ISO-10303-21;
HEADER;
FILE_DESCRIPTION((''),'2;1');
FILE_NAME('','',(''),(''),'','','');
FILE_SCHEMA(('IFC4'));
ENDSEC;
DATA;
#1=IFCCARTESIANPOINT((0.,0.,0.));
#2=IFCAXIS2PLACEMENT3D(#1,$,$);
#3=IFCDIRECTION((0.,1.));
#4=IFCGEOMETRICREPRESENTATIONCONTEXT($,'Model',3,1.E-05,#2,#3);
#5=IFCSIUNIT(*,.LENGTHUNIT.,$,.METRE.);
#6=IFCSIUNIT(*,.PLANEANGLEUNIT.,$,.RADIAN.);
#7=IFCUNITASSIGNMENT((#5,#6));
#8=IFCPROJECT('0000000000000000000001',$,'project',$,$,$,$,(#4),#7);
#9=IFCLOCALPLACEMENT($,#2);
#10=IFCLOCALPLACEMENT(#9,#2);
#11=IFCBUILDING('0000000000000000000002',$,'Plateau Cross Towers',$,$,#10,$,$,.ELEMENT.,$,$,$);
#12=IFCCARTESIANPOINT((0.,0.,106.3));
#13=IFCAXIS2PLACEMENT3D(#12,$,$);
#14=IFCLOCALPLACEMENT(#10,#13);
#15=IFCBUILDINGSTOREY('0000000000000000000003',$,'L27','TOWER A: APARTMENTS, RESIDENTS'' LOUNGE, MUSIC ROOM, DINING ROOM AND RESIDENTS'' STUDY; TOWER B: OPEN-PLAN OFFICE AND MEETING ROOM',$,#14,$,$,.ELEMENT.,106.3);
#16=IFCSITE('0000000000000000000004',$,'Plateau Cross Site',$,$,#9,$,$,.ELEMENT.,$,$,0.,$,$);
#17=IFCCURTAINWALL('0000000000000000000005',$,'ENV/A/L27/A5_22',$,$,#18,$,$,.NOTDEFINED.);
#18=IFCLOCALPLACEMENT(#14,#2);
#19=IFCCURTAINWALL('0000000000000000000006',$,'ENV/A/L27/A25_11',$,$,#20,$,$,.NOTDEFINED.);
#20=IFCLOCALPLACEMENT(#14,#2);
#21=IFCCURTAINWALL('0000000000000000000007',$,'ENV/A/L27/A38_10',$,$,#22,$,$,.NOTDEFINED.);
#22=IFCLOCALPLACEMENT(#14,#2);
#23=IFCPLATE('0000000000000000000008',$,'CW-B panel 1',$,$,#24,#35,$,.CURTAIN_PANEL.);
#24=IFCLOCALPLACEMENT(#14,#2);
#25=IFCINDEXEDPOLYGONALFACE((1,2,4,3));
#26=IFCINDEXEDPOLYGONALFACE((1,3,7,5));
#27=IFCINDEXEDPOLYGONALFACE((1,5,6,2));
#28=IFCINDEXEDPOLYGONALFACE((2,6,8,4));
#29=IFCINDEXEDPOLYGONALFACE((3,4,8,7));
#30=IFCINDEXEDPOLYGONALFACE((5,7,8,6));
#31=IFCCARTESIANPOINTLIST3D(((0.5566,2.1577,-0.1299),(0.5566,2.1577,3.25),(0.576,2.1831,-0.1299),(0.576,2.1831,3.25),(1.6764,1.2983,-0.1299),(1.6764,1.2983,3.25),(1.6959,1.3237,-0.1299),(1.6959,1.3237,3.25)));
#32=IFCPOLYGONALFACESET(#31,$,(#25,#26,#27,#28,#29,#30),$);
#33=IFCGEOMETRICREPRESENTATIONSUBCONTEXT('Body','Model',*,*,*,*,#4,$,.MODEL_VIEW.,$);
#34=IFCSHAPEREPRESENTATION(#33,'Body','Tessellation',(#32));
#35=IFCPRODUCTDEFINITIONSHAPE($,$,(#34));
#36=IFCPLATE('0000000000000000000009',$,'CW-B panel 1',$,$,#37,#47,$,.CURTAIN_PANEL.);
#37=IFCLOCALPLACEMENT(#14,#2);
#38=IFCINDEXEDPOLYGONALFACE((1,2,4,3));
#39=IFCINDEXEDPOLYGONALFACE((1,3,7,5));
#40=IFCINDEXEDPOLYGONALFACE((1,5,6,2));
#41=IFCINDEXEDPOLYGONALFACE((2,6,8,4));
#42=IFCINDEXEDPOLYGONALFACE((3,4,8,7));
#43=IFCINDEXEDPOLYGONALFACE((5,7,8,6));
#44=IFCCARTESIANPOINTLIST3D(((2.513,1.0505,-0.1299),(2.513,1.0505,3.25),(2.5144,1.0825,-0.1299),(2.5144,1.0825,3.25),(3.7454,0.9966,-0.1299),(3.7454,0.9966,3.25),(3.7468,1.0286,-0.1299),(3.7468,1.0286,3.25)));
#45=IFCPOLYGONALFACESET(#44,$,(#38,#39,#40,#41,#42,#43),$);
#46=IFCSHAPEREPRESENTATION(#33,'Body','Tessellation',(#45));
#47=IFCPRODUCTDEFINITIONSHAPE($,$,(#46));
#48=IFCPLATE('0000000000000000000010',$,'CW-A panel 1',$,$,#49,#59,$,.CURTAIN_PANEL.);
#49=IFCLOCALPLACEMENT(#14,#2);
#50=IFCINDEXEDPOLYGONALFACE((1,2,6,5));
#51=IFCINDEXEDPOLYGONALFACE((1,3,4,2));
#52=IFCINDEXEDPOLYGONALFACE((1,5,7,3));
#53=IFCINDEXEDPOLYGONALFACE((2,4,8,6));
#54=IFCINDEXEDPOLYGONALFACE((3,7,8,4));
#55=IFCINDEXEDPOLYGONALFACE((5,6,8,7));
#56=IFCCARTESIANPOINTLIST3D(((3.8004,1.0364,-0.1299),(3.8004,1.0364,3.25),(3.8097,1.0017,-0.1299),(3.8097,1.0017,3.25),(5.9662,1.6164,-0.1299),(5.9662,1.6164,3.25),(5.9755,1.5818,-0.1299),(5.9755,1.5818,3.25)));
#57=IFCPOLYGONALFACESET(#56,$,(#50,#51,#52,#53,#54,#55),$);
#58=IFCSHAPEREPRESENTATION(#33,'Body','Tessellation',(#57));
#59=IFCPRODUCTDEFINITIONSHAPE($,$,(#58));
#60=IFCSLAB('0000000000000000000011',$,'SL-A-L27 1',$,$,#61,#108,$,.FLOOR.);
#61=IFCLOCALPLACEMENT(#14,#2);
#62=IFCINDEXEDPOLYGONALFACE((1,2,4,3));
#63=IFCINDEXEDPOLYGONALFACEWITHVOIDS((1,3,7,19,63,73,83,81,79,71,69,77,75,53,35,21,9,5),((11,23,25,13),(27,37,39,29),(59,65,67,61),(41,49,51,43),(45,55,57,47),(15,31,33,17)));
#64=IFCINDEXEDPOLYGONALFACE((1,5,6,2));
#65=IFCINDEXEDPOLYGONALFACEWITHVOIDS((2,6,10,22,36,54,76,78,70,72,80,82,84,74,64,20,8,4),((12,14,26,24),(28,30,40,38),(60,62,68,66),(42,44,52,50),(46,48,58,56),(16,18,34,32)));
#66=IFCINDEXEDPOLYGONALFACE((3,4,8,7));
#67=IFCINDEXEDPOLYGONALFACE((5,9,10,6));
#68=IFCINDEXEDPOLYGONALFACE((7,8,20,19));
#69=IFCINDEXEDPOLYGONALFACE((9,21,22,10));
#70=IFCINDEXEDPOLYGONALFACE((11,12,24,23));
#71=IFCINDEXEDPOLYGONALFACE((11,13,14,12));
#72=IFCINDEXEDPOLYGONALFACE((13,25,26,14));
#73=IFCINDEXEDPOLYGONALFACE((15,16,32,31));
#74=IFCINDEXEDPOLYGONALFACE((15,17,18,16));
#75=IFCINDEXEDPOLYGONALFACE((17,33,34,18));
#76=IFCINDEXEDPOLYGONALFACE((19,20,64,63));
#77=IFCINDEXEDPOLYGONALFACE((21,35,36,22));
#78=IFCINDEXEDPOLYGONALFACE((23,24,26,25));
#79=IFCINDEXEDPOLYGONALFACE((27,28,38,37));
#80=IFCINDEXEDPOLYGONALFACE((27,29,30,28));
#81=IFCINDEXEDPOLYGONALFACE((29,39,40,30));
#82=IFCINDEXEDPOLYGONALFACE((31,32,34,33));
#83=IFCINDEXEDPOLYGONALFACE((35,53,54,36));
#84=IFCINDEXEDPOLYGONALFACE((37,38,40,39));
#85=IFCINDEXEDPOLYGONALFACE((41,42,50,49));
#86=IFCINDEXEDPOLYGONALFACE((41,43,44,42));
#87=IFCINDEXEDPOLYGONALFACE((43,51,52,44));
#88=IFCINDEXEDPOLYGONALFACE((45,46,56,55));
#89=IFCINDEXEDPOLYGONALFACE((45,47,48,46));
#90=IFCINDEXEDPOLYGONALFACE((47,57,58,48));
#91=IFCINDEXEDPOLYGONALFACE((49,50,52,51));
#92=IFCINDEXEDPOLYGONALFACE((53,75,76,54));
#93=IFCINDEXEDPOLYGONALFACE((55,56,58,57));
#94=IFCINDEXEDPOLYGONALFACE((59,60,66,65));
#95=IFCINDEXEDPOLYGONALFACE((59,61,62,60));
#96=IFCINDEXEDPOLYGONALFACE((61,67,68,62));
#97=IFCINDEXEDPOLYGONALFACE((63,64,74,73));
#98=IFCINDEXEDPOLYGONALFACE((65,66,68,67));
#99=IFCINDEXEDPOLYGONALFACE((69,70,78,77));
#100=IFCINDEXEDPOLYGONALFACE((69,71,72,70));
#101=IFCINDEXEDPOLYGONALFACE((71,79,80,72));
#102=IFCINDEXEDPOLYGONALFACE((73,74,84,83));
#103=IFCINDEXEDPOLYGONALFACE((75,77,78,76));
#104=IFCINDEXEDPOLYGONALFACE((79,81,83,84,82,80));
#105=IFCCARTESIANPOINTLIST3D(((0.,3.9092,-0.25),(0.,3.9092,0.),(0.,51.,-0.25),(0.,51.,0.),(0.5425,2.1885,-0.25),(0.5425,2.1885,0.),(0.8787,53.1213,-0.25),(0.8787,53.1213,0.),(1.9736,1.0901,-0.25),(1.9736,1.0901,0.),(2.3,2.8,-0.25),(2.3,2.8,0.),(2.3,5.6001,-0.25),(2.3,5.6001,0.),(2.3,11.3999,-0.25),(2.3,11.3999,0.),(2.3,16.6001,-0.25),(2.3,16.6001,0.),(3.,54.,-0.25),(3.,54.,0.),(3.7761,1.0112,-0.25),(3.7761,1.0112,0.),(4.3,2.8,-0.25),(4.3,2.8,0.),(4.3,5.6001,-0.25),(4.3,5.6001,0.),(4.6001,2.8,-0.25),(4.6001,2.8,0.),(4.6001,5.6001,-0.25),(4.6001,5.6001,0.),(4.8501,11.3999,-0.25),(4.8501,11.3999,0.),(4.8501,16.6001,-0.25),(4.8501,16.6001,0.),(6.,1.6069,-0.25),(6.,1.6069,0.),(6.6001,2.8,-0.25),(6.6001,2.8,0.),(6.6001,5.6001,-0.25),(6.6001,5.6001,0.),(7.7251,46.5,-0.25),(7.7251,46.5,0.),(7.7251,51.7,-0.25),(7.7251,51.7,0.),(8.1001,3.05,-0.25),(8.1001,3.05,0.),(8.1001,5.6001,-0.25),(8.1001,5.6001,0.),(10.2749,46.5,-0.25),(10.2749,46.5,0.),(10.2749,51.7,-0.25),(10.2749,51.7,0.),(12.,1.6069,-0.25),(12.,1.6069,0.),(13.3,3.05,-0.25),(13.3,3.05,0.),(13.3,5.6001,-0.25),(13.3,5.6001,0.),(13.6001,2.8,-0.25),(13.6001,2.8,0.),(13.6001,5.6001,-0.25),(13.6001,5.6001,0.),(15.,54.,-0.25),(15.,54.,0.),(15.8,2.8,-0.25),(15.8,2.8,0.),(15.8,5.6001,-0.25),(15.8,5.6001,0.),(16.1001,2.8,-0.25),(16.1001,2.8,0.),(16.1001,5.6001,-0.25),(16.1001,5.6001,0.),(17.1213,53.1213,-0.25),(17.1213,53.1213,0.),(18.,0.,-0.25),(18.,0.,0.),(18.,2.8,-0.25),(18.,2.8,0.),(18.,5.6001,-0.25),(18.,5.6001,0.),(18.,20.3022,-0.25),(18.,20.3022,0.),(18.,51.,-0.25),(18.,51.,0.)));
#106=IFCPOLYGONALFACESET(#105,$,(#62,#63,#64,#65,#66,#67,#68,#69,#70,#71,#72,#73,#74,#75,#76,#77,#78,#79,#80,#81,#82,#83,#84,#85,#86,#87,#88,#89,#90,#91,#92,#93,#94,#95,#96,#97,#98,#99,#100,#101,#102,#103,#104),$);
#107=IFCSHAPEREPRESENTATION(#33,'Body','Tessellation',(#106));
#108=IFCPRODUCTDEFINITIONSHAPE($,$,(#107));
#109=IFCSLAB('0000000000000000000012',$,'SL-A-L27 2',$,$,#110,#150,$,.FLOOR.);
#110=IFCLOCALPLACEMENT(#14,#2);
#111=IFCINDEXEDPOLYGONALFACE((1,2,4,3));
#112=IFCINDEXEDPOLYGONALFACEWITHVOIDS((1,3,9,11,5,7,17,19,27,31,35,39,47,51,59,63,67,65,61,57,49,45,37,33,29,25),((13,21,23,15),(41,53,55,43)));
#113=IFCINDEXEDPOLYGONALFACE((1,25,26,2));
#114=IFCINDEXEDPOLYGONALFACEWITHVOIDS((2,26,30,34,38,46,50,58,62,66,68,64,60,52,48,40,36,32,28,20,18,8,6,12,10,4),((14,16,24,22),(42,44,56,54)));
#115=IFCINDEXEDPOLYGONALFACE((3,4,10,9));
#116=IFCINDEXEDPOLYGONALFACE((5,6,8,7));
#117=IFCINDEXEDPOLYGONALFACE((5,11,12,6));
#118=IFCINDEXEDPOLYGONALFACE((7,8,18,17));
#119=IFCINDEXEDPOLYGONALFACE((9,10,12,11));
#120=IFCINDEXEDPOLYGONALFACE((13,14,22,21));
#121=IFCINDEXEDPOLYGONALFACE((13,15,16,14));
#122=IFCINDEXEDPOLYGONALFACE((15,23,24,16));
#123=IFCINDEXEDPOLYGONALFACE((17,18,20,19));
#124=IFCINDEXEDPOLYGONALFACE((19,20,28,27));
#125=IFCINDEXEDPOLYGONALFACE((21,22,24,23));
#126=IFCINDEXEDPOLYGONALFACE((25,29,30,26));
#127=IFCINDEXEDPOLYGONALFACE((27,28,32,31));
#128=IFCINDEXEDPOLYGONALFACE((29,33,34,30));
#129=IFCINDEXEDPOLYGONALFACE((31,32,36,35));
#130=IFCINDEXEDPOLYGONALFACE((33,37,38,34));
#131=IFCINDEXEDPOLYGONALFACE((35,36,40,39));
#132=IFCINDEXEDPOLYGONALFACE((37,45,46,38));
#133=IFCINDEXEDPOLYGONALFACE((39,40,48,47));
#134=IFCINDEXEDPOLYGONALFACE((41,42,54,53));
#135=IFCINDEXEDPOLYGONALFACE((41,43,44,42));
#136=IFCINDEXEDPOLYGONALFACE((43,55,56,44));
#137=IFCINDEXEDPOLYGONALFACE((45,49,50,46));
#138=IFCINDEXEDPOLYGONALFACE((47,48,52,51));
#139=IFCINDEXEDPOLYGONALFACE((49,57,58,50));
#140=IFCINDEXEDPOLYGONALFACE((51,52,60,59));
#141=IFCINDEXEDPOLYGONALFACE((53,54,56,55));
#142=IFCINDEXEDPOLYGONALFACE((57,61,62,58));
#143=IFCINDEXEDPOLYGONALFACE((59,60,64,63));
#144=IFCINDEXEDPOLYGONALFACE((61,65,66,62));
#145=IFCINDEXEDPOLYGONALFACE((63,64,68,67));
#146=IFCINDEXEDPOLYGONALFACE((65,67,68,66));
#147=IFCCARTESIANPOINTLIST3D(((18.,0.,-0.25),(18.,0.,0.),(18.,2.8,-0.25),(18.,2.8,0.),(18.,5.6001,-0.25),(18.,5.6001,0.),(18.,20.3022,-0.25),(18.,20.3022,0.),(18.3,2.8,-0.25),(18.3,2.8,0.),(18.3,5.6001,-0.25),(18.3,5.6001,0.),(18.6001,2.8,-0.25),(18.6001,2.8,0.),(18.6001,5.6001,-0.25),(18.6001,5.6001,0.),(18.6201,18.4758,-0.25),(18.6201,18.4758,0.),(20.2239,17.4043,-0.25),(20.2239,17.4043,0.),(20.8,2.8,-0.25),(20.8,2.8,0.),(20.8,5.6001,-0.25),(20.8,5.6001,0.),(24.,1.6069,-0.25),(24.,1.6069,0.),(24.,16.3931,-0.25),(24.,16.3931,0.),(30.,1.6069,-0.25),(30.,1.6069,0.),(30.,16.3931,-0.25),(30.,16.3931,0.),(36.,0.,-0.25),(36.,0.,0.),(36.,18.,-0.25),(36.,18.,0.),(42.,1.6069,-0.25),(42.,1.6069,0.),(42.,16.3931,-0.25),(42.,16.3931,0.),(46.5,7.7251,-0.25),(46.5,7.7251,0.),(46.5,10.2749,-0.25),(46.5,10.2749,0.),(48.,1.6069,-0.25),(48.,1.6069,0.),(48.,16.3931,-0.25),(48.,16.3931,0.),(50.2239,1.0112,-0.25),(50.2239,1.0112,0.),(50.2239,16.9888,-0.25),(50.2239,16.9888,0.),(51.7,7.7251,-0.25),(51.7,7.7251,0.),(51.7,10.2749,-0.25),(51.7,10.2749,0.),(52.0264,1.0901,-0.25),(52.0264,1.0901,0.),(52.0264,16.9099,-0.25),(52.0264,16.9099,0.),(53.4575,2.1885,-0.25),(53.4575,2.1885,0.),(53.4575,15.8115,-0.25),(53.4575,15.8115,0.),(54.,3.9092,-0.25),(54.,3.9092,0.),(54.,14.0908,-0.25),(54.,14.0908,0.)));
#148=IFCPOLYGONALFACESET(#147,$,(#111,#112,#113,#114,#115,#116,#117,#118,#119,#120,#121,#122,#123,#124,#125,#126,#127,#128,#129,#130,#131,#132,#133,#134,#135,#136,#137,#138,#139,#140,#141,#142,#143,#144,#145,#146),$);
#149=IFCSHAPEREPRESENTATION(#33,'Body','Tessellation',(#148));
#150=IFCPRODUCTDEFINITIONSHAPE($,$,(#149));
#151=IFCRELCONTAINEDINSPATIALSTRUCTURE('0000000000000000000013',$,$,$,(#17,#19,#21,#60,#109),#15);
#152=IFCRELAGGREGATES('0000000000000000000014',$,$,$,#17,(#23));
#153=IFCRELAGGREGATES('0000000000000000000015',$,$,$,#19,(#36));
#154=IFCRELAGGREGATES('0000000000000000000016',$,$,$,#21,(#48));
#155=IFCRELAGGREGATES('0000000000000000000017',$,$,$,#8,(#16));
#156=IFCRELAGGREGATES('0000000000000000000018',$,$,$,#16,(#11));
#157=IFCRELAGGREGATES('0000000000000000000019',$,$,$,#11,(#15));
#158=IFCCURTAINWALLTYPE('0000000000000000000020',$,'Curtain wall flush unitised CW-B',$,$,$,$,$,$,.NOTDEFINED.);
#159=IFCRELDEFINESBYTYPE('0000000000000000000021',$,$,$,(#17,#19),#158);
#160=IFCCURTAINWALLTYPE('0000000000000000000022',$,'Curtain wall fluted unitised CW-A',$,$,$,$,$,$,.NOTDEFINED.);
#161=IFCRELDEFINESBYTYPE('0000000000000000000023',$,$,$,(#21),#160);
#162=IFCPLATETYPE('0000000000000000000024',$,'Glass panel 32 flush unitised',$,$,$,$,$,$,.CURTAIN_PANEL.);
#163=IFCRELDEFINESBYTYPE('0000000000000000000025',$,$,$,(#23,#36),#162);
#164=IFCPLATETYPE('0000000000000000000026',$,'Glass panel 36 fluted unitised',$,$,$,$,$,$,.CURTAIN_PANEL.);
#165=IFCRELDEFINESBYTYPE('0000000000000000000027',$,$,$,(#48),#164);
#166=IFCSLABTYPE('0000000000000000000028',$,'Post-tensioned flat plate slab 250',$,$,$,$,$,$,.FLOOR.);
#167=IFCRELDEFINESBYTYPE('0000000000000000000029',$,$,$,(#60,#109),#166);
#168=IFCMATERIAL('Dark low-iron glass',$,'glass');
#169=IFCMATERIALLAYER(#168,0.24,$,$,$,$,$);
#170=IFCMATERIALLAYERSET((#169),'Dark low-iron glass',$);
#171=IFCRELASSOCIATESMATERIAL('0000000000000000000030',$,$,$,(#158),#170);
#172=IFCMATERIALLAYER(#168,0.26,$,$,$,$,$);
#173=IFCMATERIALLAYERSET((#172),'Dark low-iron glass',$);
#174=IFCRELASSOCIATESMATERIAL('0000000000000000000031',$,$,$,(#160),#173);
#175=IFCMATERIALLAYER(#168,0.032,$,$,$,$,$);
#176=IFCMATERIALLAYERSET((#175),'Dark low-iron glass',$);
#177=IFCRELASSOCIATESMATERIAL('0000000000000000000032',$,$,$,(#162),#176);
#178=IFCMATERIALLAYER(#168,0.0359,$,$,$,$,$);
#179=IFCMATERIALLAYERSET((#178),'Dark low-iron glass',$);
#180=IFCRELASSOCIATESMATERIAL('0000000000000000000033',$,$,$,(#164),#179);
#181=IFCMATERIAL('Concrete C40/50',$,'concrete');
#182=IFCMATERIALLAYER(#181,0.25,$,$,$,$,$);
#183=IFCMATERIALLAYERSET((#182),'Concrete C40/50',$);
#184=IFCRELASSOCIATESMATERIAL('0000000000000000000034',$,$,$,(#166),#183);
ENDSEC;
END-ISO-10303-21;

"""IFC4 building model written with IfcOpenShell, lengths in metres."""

from ifc_helpers import new_model, si_unit, direction, frame, origin, origin_2d, place, context, subcontext, project, spatial, polyline, rectangle, outline, extrude, material, layer, layer_set, type_object, element, aggregate, save


model = new_model("IFC4")

# Units and contexts
model_context = context("Model", 3, precision=1e-05, world=origin(), true_north=direction((0.0, 1.0)))
body_context = subcontext(model_context, "Body", "Model", "MODEL_VIEW")
ifc_project = project(units=[si_unit("LENGTHUNIT", "METRE"), si_unit("PLANEANGLEUNIT", "RADIAN")], contexts=[model_context])

# Site, building, storey
site_placement = place(None, origin())
site = spatial("IfcSite", under=ifc_project, at=site_placement, Name="Plateau Cross Site", CompositionType="ELEMENT", RefElevation=0.0)
building_placement = place(site_placement, origin())
building = spatial("IfcBuilding", under=site, at=building_placement, Name="Plateau Cross Towers", CompositionType="ELEMENT")
storey_placement = place(building_placement, frame((0.0, 0.0, 106.3)))
storey = spatial("IfcBuildingStorey", under=building, at=storey_placement, Name="L27", Description="TOWER A: APARTMENTS, RESIDENTS' LOUNGE, MUSIC ROOM, DINING ROOM AND RESIDENTS' STUDY; TOWER B: OPEN-PLAN OFFICE AND MEETING ROOM", CompositionType="ELEMENT", Elevation=106.3)

# Curtain wall
ifc_material_1 = material(Name="Dark low-iron glass", Category="glass")
ifc_layer_1 = layer(ifc_material_1, 0.24)
ifc_layer_set_1 = layer_set([ifc_layer_1], Name="Dark low-iron glass")
curtain_wall_type_1 = type_object("IfcCurtainWallType", Name="Curtain wall flush unitised CW-B", PredefinedType="NOTDEFINED", material=ifc_layer_set_1)
curtain_wall_1_placement = place(storey_placement, origin())
curtain_wall_1 = element("IfcCurtainWall", 1, at=curtain_wall_1_placement, inside=storey, type_object=curtain_wall_type_1, Name="ENV/A/L27/A5_22", PredefinedType="NOTDEFINED")

# Curtain walls
curtain_wall_2_placement = place(storey_placement, origin())
curtain_wall_2 = element("IfcCurtainWall", 2, at=curtain_wall_2_placement, inside=storey, type_object=curtain_wall_type_1, Name="ENV/A/L27/A25_11", PredefinedType="NOTDEFINED")
ifc_layer_2 = layer(ifc_material_1, 0.26)
ifc_layer_set_2 = layer_set([ifc_layer_2], Name="Dark low-iron glass")
curtain_wall_type_2 = type_object("IfcCurtainWallType", Name="Curtain wall fluted unitised CW-A", PredefinedType="NOTDEFINED", material=ifc_layer_set_2)
curtain_wall_3_placement = place(storey_placement, origin())
curtain_wall_3 = element("IfcCurtainWall", 3, at=curtain_wall_3_placement, inside=storey, type_object=curtain_wall_type_2, Name="ENV/A/L27/A38_10", PredefinedType="NOTDEFINED")

# Shared definitions
ifc_material_2 = material(Name="Concrete C40/50", Category="concrete")

# Plates
ifc_layer_3 = layer(ifc_material_1, 0.032)
ifc_layer_set_3 = layer_set([ifc_layer_3], Name="Dark low-iron glass")
plate_type_1 = type_object("IfcPlateType", Name="Glass panel 32 flush unitised", PredefinedType="CURTAIN_PANEL", material=ifc_layer_set_3)
plate_1_placement = place(storey_placement, frame((1.1262, 1.7407, -0.1299), z_axis=(0.0, 0.0, 1.0), x_axis=(0.793316, -0.608811, 0.0)))
plate_1 = element("IfcPlate", 4, at=plate_1_placement, type_object=plate_type_1, Name="CW-B panel 1", PredefinedType="CURTAIN_PANEL", context=body_context, shape_type="SweptSolid", body=[
    extrude(rectangle(XDim=1.4116, YDim=0.032, at=origin_2d()), origin(), (0.0, 0.0, 1.0), 3.3799),
])
aggregate(curtain_wall_1, [plate_1])
plate_2_placement = place(storey_placement, frame((3.1299, 1.0396, -0.1299), z_axis=(0.0, 0.0, 1.0), x_axis=(0.999044, -0.043723, 0.0)))
plate_2 = element("IfcPlate", 5, at=plate_2_placement, type_object=plate_type_1, Name="CW-B panel 1", PredefinedType="CURTAIN_PANEL", context=body_context, shape_type="SweptSolid", body=[
    extrude(rectangle(XDim=1.2336, YDim=0.032, at=origin_2d()), origin(), (0.0, 0.0, 1.0), 3.3799),
])
aggregate(curtain_wall_2, [plate_2])
ifc_layer_4 = layer(ifc_material_1, 0.0359)
ifc_layer_set_4 = layer_set([ifc_layer_4], Name="Dark low-iron glass")
plate_type_2 = type_object("IfcPlateType", Name="Glass panel 36 fluted unitised", PredefinedType="CURTAIN_PANEL", material=ifc_layer_set_4)
plate_3_placement = place(storey_placement, frame((4.8879, 1.3091, -0.1299), z_axis=(0.0, 0.0, 1.0), x_axis=(0.965958, 0.258699, 0.0)))
plate_3 = element("IfcPlate", 6, at=plate_3_placement, type_object=plate_type_2, Name="CW-A panel 1", PredefinedType="CURTAIN_PANEL", context=body_context, shape_type="SweptSolid", body=[
    extrude(rectangle(XDim=2.2422, YDim=0.0359, at=origin_2d()), origin(), (0.0, 0.0, 1.0), 3.3799),
])
aggregate(curtain_wall_3, [plate_3])

# Slabs
ifc_layer_5 = layer(ifc_material_2, 0.25)
ifc_layer_set_5 = layer_set([ifc_layer_5], Name="Concrete C40/50")
slab_type_1 = type_object("IfcSlabType", Name="Post-tensioned flat plate slab 250", PredefinedType="FLOOR", material=ifc_layer_set_5)
slab_1_placement = place(storey_placement, frame((0.0, 0.0, -0.25)))
element("IfcSlab", 7, at=slab_1_placement, inside=storey, type_object=slab_type_1, Name="SL-A-L27 1", PredefinedType="FLOOR", context=body_context, shape_type="SweptSolid", body=[
    extrude(outline(polyline([(0.5425, 2.1885), (0.0, 3.9092), (0.0, 51.0), (0.8787, 53.1213), (3.0, 54.0), (15.0, 54.0), (17.1213, 53.1213), (18.0, 51.0), (18.0, 20.3022), (18.0, 5.6001), (16.1001, 5.6001), (16.1001, 2.8), (18.0, 2.8), (18.0, 0.0), (12.0, 1.6069), (6.0, 1.6069), (3.7761, 1.0112), (1.9736, 1.0901), (0.5425, 2.1885)]), holes=[polyline([(4.3, 5.6001), (2.3, 5.6001), (2.3, 2.8), (4.3, 2.8), (4.3, 5.6001)]), polyline([(6.6001, 5.6001), (4.6001, 5.6001), (4.6001, 2.8), (6.6001, 2.8), (6.6001, 5.6001)]), polyline([(15.8, 5.6001), (13.6001, 5.6001), (13.6001, 2.8), (15.8, 2.8), (15.8, 5.6001)]), polyline([(13.3, 5.6001), (8.1001, 5.6001), (8.1001, 3.05), (13.3, 3.05), (13.3, 5.6001)]), polyline([(4.8501, 16.6001), (2.3, 16.6001), (2.3, 11.3999), (4.8501, 11.3999), (4.8501, 16.6001)]), polyline([(7.7251, 51.7), (7.7251, 46.5), (10.2749, 46.5), (10.2749, 51.7), (7.7251, 51.7)])]), origin(), (0.0, 0.0, 1.0), 0.25),
])
slab_2_placement = place(storey_placement, frame((0.0, 0.0, -0.25)))
element("IfcSlab", 8, at=slab_2_placement, inside=storey, type_object=slab_type_1, Name="SL-A-L27 2", PredefinedType="FLOOR", context=body_context, shape_type="SweptSolid", body=[
    extrude(outline(polyline([(18.6201, 18.4758), (20.2239, 17.4043), (24.0, 16.3931), (30.0, 16.3931), (36.0, 18.0), (42.0, 16.3931), (48.0, 16.3931), (50.2239, 16.9888), (52.0264, 16.9099), (53.4575, 15.8115), (54.0, 14.0908), (54.0, 3.9092), (53.4575, 2.1885), (52.0264, 1.0901), (50.2239, 1.0112), (48.0, 1.6069), (42.0, 1.6069), (36.0, 0.0), (30.0, 1.6069), (24.0, 1.6069), (18.0, 0.0), (18.0, 2.8), (18.3, 2.8), (18.3, 5.6001), (18.0, 5.6001), (18.0, 20.3022), (18.6201, 18.4758)]), holes=[polyline([(20.8, 5.6001), (18.6001, 5.6001), (18.6001, 2.8), (20.8, 2.8), (20.8, 5.6001)]), polyline([(51.7, 7.7251), (51.7, 10.2749), (46.5, 10.2749), (46.5, 7.7251), (51.7, 7.7251)])]), origin(), (0.0, 0.0, 1.0), 0.25),
])

save(model, "model.ifc")
